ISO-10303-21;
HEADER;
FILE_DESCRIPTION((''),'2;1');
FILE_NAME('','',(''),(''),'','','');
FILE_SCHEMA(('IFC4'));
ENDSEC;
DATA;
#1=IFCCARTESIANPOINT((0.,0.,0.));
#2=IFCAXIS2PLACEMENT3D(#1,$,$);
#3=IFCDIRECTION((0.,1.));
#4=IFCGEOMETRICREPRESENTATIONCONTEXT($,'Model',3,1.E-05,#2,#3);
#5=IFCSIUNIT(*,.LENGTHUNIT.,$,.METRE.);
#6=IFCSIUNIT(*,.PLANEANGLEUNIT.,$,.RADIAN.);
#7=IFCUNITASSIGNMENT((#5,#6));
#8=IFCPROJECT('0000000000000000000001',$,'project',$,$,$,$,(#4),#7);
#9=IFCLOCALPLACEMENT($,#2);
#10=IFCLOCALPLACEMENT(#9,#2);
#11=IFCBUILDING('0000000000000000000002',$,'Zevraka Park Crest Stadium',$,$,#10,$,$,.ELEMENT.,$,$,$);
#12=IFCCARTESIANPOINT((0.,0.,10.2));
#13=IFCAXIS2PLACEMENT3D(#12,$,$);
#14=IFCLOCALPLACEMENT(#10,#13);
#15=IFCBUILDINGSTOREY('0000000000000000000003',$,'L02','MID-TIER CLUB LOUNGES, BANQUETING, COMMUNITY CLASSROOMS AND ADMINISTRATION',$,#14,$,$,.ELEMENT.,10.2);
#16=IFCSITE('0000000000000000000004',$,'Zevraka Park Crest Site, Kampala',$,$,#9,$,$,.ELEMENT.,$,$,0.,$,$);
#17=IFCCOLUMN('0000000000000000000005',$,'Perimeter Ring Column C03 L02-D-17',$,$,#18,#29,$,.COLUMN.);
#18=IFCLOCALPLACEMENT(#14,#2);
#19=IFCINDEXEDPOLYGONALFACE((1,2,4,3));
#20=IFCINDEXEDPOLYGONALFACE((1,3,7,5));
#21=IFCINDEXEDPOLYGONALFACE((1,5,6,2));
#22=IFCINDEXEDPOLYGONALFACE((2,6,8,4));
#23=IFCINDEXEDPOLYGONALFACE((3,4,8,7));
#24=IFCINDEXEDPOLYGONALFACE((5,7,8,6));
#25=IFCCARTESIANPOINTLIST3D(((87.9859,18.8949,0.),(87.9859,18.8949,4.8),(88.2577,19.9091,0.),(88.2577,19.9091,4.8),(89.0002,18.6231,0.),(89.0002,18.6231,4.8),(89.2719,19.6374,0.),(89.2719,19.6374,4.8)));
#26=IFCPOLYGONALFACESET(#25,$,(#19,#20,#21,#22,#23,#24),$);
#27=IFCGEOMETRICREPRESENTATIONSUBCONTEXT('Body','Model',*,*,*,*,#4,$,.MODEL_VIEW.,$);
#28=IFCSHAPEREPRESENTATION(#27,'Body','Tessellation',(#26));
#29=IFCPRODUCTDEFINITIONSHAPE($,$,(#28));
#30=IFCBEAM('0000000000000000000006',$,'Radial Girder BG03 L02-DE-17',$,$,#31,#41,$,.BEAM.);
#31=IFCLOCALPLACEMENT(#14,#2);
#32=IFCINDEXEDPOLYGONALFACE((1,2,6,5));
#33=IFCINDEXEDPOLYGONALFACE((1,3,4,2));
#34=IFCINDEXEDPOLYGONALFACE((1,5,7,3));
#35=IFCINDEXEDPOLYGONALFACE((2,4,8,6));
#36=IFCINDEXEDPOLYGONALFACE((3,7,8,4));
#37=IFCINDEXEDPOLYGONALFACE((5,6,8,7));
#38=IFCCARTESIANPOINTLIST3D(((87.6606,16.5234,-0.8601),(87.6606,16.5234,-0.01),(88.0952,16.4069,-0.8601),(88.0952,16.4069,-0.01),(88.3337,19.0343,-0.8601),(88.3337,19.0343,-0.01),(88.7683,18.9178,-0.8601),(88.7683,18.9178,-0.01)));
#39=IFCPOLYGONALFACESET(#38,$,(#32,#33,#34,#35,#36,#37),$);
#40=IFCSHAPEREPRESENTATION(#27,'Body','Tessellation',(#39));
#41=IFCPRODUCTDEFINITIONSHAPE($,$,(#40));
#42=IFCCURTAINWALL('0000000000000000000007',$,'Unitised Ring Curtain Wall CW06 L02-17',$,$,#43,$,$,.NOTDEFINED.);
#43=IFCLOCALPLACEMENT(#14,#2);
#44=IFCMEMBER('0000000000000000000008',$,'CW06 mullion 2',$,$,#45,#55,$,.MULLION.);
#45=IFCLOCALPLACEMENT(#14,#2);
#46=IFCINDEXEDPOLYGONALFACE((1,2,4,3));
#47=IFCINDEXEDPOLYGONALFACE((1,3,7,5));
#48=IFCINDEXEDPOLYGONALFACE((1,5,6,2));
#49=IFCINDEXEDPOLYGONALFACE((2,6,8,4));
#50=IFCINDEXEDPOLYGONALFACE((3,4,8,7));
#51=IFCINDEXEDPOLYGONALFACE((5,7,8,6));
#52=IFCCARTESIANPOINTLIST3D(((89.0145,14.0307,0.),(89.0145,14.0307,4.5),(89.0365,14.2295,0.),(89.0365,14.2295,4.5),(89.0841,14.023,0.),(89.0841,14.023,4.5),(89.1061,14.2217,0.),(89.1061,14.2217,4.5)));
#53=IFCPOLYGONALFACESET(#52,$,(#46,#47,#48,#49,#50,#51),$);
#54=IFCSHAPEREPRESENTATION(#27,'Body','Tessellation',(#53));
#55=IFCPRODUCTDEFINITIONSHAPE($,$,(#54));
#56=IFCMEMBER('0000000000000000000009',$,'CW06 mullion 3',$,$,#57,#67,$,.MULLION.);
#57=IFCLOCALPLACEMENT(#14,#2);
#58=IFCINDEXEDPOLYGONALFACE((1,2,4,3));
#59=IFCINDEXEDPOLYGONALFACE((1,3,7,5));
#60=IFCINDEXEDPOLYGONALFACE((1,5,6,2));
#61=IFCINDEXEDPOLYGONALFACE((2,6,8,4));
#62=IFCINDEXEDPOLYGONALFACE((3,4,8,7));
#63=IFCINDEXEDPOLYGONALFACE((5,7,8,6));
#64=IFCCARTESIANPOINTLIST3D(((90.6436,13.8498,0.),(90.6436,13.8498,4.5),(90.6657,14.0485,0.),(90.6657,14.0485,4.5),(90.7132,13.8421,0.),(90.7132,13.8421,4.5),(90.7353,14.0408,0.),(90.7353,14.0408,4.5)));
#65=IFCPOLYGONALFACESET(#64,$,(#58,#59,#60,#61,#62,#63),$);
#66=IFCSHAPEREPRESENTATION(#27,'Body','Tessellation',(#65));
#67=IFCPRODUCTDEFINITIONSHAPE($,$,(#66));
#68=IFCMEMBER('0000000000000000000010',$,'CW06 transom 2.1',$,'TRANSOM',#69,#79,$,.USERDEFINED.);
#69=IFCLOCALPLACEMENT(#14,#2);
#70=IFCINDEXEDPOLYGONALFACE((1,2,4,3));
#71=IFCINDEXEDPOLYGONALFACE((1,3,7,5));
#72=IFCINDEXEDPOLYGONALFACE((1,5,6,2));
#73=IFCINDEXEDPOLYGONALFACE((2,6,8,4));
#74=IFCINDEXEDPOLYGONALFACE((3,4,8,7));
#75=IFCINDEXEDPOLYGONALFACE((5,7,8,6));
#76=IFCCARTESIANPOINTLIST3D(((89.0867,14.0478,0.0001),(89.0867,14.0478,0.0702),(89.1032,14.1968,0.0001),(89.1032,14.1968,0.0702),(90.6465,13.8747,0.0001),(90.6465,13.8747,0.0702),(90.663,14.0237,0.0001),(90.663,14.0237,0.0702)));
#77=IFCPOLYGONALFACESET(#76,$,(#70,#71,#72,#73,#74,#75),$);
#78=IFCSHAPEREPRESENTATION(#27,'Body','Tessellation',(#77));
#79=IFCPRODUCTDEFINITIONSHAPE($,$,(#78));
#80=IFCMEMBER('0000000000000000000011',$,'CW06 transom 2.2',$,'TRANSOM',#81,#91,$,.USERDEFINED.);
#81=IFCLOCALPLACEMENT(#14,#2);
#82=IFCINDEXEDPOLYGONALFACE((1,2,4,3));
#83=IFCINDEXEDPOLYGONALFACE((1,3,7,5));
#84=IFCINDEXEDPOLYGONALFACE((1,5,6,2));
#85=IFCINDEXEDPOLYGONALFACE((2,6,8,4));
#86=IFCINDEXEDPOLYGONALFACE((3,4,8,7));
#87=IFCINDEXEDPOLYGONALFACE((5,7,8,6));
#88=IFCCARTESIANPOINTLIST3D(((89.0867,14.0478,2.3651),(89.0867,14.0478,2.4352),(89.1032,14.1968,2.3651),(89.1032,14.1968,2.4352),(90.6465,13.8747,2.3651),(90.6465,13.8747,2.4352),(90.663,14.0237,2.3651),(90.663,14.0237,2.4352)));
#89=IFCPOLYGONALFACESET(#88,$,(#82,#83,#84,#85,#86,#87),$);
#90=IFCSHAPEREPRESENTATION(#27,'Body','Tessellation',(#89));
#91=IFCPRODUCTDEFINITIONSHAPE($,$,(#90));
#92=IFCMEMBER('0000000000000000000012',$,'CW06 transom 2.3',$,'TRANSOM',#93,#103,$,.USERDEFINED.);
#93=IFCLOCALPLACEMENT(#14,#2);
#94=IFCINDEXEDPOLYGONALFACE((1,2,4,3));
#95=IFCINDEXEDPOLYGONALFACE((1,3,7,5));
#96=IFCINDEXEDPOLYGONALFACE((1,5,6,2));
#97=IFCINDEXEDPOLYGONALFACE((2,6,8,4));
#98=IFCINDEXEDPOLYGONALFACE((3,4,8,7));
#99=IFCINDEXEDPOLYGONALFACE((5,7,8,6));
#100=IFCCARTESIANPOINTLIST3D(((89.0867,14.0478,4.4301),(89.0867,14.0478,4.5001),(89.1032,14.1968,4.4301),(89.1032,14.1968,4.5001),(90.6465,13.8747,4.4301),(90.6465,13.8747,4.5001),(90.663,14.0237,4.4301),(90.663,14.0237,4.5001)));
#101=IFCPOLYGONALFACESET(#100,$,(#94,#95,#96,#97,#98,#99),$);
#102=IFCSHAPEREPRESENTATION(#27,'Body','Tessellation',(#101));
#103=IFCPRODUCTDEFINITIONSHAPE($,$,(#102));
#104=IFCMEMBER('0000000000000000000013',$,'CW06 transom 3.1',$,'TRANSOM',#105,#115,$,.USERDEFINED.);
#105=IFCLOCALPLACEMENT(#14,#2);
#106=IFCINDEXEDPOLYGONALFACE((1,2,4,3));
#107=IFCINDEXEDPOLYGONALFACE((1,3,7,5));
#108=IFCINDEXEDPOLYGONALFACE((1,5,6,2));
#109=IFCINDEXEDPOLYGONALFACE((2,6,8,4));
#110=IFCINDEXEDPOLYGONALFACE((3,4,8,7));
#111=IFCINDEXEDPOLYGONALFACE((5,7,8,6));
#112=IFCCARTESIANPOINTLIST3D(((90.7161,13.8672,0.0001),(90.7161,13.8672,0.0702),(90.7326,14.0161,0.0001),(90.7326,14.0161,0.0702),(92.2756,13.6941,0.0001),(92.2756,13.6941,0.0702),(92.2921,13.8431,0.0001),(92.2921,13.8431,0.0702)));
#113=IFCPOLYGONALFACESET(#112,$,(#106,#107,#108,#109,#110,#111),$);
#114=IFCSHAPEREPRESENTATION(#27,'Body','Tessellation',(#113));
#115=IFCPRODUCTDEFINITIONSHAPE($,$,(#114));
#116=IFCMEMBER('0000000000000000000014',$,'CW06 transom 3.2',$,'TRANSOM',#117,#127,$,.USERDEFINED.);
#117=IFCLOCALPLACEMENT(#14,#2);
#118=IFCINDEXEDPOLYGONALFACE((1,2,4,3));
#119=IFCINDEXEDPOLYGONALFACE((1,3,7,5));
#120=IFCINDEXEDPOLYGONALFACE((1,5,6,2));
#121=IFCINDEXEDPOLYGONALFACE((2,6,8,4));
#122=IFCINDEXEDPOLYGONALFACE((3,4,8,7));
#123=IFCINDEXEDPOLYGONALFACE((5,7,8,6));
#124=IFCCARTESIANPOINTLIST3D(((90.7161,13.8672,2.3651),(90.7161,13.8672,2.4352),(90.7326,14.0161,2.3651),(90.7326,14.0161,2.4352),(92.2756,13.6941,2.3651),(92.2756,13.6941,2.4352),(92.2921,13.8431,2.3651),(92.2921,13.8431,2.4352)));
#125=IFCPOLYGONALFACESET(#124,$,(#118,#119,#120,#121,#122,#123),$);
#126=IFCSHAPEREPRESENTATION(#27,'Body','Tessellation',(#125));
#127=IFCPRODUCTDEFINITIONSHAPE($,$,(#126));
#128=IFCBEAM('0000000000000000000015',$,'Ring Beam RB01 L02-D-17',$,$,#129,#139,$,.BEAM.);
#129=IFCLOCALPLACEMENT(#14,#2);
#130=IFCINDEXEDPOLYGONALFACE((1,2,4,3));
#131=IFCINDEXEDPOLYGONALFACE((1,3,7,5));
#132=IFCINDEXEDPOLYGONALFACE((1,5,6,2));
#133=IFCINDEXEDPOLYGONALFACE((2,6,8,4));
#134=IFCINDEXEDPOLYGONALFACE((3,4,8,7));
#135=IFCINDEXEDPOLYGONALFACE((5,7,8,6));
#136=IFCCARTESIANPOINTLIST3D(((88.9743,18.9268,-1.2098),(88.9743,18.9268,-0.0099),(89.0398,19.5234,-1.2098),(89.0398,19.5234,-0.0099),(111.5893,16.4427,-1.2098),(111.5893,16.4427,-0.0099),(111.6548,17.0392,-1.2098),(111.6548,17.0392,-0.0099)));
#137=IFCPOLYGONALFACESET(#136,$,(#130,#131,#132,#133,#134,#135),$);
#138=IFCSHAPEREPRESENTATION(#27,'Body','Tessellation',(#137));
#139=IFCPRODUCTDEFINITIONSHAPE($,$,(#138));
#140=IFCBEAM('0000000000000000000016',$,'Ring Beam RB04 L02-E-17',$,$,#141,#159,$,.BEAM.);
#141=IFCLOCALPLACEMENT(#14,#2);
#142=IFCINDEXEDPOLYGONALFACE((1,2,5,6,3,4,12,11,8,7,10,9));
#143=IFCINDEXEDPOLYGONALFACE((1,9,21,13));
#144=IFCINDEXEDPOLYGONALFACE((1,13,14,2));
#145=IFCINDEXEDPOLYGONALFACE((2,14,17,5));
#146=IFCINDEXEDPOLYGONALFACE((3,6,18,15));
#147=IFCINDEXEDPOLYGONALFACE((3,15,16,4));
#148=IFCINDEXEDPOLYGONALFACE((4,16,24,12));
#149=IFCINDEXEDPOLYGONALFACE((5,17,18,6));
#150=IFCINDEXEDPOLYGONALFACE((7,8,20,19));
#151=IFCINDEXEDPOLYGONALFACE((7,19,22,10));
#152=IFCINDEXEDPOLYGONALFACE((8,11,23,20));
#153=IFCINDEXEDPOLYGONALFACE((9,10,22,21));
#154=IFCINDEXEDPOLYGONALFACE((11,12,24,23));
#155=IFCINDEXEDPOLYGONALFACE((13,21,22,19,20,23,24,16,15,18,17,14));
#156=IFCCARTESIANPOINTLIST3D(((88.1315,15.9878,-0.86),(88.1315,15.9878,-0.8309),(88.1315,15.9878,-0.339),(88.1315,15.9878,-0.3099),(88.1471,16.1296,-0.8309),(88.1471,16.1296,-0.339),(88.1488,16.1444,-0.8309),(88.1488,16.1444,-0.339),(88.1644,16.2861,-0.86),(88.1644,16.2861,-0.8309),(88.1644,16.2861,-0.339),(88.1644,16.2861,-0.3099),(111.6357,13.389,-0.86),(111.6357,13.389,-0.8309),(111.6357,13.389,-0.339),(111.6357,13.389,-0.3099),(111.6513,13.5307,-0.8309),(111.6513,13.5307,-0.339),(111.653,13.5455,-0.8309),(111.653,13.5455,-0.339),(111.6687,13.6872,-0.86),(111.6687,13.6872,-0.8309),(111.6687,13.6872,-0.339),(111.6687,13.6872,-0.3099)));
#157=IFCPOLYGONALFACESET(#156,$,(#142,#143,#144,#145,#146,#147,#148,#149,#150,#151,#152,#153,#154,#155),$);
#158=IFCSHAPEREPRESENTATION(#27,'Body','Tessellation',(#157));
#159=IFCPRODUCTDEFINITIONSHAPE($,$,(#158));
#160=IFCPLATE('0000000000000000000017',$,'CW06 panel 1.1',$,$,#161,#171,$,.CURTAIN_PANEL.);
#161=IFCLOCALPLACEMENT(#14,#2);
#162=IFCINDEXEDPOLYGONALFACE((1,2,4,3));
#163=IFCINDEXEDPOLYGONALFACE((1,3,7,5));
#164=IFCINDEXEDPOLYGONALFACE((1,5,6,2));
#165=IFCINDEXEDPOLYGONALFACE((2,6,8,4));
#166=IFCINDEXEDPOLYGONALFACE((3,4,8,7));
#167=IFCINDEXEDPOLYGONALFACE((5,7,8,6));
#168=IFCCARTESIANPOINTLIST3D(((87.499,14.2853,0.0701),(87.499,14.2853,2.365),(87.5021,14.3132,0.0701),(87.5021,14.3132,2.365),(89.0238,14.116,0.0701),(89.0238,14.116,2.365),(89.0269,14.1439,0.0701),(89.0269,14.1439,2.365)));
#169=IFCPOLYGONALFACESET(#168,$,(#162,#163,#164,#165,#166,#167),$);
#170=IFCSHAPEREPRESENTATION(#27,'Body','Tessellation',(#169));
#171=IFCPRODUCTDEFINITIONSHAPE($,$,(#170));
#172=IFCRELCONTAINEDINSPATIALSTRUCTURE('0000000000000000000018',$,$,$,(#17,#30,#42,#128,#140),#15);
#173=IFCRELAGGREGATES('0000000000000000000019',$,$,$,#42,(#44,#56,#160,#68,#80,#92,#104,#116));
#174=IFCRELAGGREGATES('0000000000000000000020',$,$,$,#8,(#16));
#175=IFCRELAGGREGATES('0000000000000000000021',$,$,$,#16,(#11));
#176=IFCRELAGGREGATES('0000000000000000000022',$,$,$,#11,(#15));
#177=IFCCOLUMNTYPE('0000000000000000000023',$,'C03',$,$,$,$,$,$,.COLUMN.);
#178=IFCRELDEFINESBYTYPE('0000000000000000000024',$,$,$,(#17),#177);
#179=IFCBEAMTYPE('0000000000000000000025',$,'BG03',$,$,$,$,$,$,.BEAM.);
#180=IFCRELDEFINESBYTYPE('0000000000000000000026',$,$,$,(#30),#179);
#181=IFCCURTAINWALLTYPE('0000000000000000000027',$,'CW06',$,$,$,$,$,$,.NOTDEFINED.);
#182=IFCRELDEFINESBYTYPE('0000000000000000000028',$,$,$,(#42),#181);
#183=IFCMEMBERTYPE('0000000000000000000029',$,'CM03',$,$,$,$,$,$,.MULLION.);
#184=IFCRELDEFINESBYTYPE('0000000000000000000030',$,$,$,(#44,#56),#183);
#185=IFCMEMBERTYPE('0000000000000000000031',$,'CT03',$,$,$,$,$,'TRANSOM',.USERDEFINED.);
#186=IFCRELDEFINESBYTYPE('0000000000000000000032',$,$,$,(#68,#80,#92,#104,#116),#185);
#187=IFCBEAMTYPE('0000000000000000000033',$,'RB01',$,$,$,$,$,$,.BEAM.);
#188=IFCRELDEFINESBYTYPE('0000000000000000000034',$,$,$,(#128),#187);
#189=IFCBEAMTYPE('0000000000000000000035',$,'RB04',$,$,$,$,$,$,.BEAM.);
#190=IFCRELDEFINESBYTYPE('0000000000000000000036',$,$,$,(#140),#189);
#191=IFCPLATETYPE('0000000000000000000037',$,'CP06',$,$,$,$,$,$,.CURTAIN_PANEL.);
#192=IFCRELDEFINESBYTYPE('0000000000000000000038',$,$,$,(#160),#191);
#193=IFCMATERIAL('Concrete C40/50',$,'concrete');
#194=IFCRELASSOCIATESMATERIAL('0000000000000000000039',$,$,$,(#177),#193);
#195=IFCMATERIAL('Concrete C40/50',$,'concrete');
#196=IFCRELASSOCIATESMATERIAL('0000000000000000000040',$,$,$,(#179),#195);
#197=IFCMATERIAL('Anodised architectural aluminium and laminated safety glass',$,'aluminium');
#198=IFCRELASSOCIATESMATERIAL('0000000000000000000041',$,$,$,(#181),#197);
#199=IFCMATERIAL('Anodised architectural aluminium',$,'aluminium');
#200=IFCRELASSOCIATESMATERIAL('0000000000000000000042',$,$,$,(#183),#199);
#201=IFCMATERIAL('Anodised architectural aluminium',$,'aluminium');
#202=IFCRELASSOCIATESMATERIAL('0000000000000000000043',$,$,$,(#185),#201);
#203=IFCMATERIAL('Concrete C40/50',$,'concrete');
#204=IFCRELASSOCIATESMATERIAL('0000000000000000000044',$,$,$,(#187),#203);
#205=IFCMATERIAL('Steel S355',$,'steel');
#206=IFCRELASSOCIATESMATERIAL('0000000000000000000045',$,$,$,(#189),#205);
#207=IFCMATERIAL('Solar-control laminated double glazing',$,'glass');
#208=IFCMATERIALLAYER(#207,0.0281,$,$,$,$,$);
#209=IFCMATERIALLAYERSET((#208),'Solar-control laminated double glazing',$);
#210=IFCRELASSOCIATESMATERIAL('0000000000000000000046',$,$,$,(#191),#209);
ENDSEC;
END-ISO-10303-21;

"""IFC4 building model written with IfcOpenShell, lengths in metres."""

from ifc_helpers import new_model, si_unit, direction, frame, origin, origin_2d, place, context, subcontext, project, spatial, rectangle, i_section, extrude, material, layer, layer_set, material_profile, profile_set, type_object, element, aggregate, save


model = new_model("IFC4")

# Units and contexts
model_context = context("Model", 3, precision=1e-05, world=origin(), true_north=direction((0.0, 1.0)))
body_context = subcontext(model_context, "Body", "Model", "MODEL_VIEW")
ifc_project = project(units=[si_unit("LENGTHUNIT", "METRE"), si_unit("PLANEANGLEUNIT", "RADIAN")], contexts=[model_context])

# Site, building, storey
site_placement = place(None, origin())
site = spatial("IfcSite", under=ifc_project, at=site_placement, Name="Zevraka Park Crest Site, Kampala", CompositionType="ELEMENT", RefElevation=0.0)
building_placement = place(site_placement, origin())
building = spatial("IfcBuilding", under=site, at=building_placement, Name="Zevraka Park Crest Stadium", CompositionType="ELEMENT")
storey_placement = place(building_placement, frame((0.0, 0.0, 10.2)))
storey = spatial("IfcBuildingStorey", under=building, at=storey_placement, Name="L02", Description="MID-TIER CLUB LOUNGES, BANQUETING, COMMUNITY CLASSROOMS AND ADMINISTRATION", CompositionType="ELEMENT", Elevation=10.2)

# Column
ifc_material_1 = material(Name="Concrete C40/50", Category="concrete")
ifc_material_profile_1 = material_profile(ifc_material_1, rectangle(XDim=1.05, YDim=1.05, at=origin_2d()), Name="RC 1050x1050")
ifc_profile_set_1 = profile_set([ifc_material_profile_1], Name="Concrete C40/50")
column_type = type_object("IfcColumnType", Name="C03", PredefinedType="COLUMN", material=ifc_profile_set_1)
column_placement = place(storey_placement, frame((88.6289, 19.2661, 0.0), z_axis=(0.0, 0.0, 1.0), x_axis=(0.258819, 0.965926, 0.0)))
element("IfcColumn", 1, at=column_placement, inside=storey, type_object=column_type, Name="Perimeter Ring Column C03 L02-D-17", PredefinedType="COLUMN", context=body_context, shape_type="SweptSolid", body=[
    extrude(rectangle(XDim=1.05, YDim=1.05, at=origin_2d()), origin(), (0.0, 0.0, 1.0), 4.8),
])

# Beam
ifc_material_2 = material(Name="Concrete C40/50", Category="concrete")
ifc_material_profile_2 = material_profile(ifc_material_2, rectangle(XDim=0.45, YDim=0.8501, at=origin_2d()), Name="RC 850x450")
ifc_profile_set_2 = profile_set([ifc_material_profile_2], Name="Concrete C40/50")
beam_type_1 = type_object("IfcBeamType", Name="BG03", PredefinedType="BEAM", material=ifc_profile_set_2)
beam_1_placement = place(storey_placement, frame((88.551, 18.9761, -0.4351), z_axis=(-0.258919, -0.965899, 0.0), x_axis=(0.965899, -0.258919, 0.0)))
element("IfcBeam", 2, at=beam_1_placement, inside=storey, type_object=beam_type_1, Name="Radial Girder BG03 L02-DE-17", PredefinedType="BEAM", context=body_context, shape_type="SweptSolid", body=[
    extrude(rectangle(XDim=0.45, YDim=0.8501, at=origin_2d()), origin(), (0.0, 0.0, 1.0), 2.5996),
])

# Curtain wall, members
ifc_material_3 = material(Name="Anodised architectural aluminium and laminated safety glass", Category="aluminium")
curtain_wall_type = type_object("IfcCurtainWallType", Name="CW06", PredefinedType="NOTDEFINED", material=ifc_material_3)
curtain_wall_placement = place(storey_placement, origin())
curtain_wall = element("IfcCurtainWall", 3, at=curtain_wall_placement, inside=storey, type_object=curtain_wall_type, Name="Unitised Ring Curtain Wall CW06 L02-17", PredefinedType="NOTDEFINED")
ifc_material_4 = material(Name="Anodised architectural aluminium", Category="aluminium")
ifc_material_profile_3 = material_profile(ifc_material_4, rectangle(XDim=0.2, YDim=0.0701, at=origin_2d()), Name="ALU MULLION 200x70")
ifc_profile_set_3 = profile_set([ifc_material_profile_3], Name="Anodised architectural aluminium")
member_type_1 = type_object("IfcMemberType", Name="CM03", PredefinedType="MULLION", material=ifc_profile_set_3)
member_1_placement = place(storey_placement, frame((89.0603, 14.1262, 0.0), z_axis=(0.0, 0.0, 1.0), x_axis=(0.110293, 0.993899, 0.0)))
member_1 = element("IfcMember", 4, at=member_1_placement, type_object=member_type_1, Name="CW06 mullion 2", PredefinedType="MULLION", context=body_context, shape_type="SweptSolid", body=[
    extrude(rectangle(XDim=0.2, YDim=0.0701, at=origin_2d()), origin(), (0.0, 0.0, 1.0), 4.5),
])
member_2_placement = place(storey_placement, frame((90.6895, 13.9453, 0.0), z_axis=(0.0, 0.0, 1.0), x_axis=(0.110293, 0.993899, 0.0)))
member_2 = element("IfcMember", 5, at=member_2_placement, type_object=member_type_1, Name="CW06 mullion 3", PredefinedType="MULLION", context=body_context, shape_type="SweptSolid", body=[
    extrude(rectangle(XDim=0.2, YDim=0.0701, at=origin_2d()), origin(), (0.0, 0.0, 1.0), 4.5),
])
ifc_material_5 = material(Name="Anodised architectural aluminium", Category="aluminium")
ifc_material_profile_4 = material_profile(ifc_material_5, rectangle(XDim=0.1499, YDim=0.0701, at=origin_2d()), Name="ALU TRANSOM 150x70")
ifc_profile_set_4 = profile_set([ifc_material_profile_4], Name="Anodised architectural aluminium")
member_type_2 = type_object("IfcMemberType", Name="CT03", ElementType="TRANSOM", PredefinedType="USERDEFINED", material=ifc_profile_set_4)
member_3_placement = place(storey_placement, frame((89.095, 14.1223, 0.0352), z_axis=(0.993899, -0.110295, 0.0), x_axis=(0.110295, 0.993899, 0.0)))
member_3 = element("IfcMember", 6, at=member_3_placement, type_object=member_type_2, Name="CW06 transom 2.1", ObjectType="TRANSOM", PredefinedType="USERDEFINED", context=body_context, shape_type="SweptSolid", body=[
    extrude(rectangle(XDim=0.1499, YDim=0.0701, at=origin_2d()), origin(), (0.0, 0.0, 1.0), 1.5693),
])
member_4_placement = place(storey_placement, frame((89.095, 14.1223, 2.4001), z_axis=(0.993899, -0.110295, 0.0), x_axis=(0.110295, 0.993899, 0.0)))
member_4 = element("IfcMember", 7, at=member_4_placement, type_object=member_type_2, Name="CW06 transom 2.2", ObjectType="TRANSOM", PredefinedType="USERDEFINED", context=body_context, shape_type="SweptSolid", body=[
    extrude(rectangle(XDim=0.1499, YDim=0.0701, at=origin_2d()), origin(), (0.0, 0.0, 1.0), 1.5693),
])
member_5_placement = place(storey_placement, frame((89.095, 14.1223, 4.4651), z_axis=(0.993899, -0.110295, 0.0), x_axis=(0.110295, 0.993899, 0.0)))
member_5 = element("IfcMember", 8, at=member_5_placement, type_object=member_type_2, Name="CW06 transom 2.3", ObjectType="TRANSOM", PredefinedType="USERDEFINED", context=body_context, shape_type="SweptSolid", body=[
    extrude(rectangle(XDim=0.1499, YDim=0.0701, at=origin_2d()), origin(), (0.0, 0.0, 1.0), 1.5693),
])
member_6_placement = place(storey_placement, frame((90.7244, 13.9417, 0.0352), z_axis=(0.993897, -0.110312, 0.0), x_axis=(0.110312, 0.993897, 0.0)))
member_6 = element("IfcMember", 9, at=member_6_placement, type_object=member_type_2, Name="CW06 transom 3.1", ObjectType="TRANSOM", PredefinedType="USERDEFINED", context=body_context, shape_type="SweptSolid", body=[
    extrude(rectangle(XDim=0.1499, YDim=0.0701, at=origin_2d()), origin(), (0.0, 0.0, 1.0), 1.5691),
])
member_7_placement = place(storey_placement, frame((90.7244, 13.9417, 2.4001), z_axis=(0.993897, -0.110312, 0.0), x_axis=(0.110312, 0.993897, 0.0)))
member_7 = element("IfcMember", 10, at=member_7_placement, type_object=member_type_2, Name="CW06 transom 3.2", ObjectType="TRANSOM", PredefinedType="USERDEFINED", context=body_context, shape_type="SweptSolid", body=[
    extrude(rectangle(XDim=0.1499, YDim=0.0701, at=origin_2d()), origin(), (0.0, 0.0, 1.0), 1.5691),
])

# Beams
ifc_material_6 = material(Name="Concrete C40/50", Category="concrete")
ifc_material_profile_5 = material_profile(ifc_material_6, rectangle(XDim=0.6001, YDim=1.2, at=origin_2d()), Name="RC 1200x600")
ifc_profile_set_5 = profile_set([ifc_material_profile_5], Name="Concrete C40/50")
beam_type_2 = type_object("IfcBeamType", Name="RB01", PredefinedType="BEAM", material=ifc_profile_set_5)
beam_2_placement = place(storey_placement, frame((89.0071, 19.2251, -0.6099), z_axis=(0.994021, -0.109188, 0.0), x_axis=(0.109188, 0.994021, 0.0)))
element("IfcBeam", 11, at=beam_2_placement, inside=storey, type_object=beam_type_2, Name="Ring Beam RB01 L02-D-17", PredefinedType="BEAM", context=body_context, shape_type="SweptSolid", body=[
    extrude(rectangle(XDim=0.6001, YDim=1.2, at=origin_2d()), origin(), (0.0, 0.0, 1.0), 22.751),
])
ifc_material_7 = material(Name="Steel S355", Category="steel")
ifc_material_profile_6 = material_profile(ifc_material_7, i_section(OverallWidth=0.3, OverallDepth=0.55, WebThickness=0.0149, FlangeThickness=0.0291, at=origin_2d()), Name="HEB 550")
ifc_profile_set_6 = profile_set([ifc_material_profile_6], Name="Steel S355")
beam_type_3 = type_object("IfcBeamType", Name="RB04", PredefinedType="BEAM", material=ifc_profile_set_6)
beam_3_placement = place(storey_placement, frame((88.1479, 16.137, -0.585), z_axis=(0.993943, -0.109901, 0.0), x_axis=(0.109901, 0.993943, 0.0)))
element("IfcBeam", 12, at=beam_3_placement, inside=storey, type_object=beam_type_3, Name="Ring Beam RB04 L02-E-17", PredefinedType="BEAM", context=body_context, shape_type="SweptSolid", body=[
    extrude(i_section(OverallWidth=0.3, OverallDepth=0.55, WebThickness=0.0149, FlangeThickness=0.0291, at=origin_2d()), origin(), (0.0, 0.0, 1.0), 23.6475),
])

# Plate
ifc_material_8 = material(Name="Solar-control laminated double glazing", Category="glass")
ifc_layer_1 = layer(ifc_material_8, 0.0281)
ifc_layer_set_1 = layer_set([ifc_layer_1], Name="Solar-control laminated double glazing")
plate_type = type_object("IfcPlateType", Name="CP06", PredefinedType="CURTAIN_PANEL", material=ifc_layer_set_1)
plate_1_placement = place(storey_placement, frame((88.2629, 14.2146, 0.0701), z_axis=(0.0, 0.0, 1.0), x_axis=(0.993899, -0.110293, 0.0)))
plate_1 = element("IfcPlate", 13, at=plate_1_placement, type_object=plate_type, Name="CW06 panel 1.1", PredefinedType="CURTAIN_PANEL", context=body_context, shape_type="SweptSolid", body=[
    extrude(rectangle(XDim=1.5342, YDim=0.0281, at=origin_2d()), origin(), (0.0, 0.0, 1.0), 2.2949),
])
aggregate(curtain_wall, [member_1, member_2, plate_1, member_3, member_4, member_5, member_6, member_7])

save(model, "model.ifc")
